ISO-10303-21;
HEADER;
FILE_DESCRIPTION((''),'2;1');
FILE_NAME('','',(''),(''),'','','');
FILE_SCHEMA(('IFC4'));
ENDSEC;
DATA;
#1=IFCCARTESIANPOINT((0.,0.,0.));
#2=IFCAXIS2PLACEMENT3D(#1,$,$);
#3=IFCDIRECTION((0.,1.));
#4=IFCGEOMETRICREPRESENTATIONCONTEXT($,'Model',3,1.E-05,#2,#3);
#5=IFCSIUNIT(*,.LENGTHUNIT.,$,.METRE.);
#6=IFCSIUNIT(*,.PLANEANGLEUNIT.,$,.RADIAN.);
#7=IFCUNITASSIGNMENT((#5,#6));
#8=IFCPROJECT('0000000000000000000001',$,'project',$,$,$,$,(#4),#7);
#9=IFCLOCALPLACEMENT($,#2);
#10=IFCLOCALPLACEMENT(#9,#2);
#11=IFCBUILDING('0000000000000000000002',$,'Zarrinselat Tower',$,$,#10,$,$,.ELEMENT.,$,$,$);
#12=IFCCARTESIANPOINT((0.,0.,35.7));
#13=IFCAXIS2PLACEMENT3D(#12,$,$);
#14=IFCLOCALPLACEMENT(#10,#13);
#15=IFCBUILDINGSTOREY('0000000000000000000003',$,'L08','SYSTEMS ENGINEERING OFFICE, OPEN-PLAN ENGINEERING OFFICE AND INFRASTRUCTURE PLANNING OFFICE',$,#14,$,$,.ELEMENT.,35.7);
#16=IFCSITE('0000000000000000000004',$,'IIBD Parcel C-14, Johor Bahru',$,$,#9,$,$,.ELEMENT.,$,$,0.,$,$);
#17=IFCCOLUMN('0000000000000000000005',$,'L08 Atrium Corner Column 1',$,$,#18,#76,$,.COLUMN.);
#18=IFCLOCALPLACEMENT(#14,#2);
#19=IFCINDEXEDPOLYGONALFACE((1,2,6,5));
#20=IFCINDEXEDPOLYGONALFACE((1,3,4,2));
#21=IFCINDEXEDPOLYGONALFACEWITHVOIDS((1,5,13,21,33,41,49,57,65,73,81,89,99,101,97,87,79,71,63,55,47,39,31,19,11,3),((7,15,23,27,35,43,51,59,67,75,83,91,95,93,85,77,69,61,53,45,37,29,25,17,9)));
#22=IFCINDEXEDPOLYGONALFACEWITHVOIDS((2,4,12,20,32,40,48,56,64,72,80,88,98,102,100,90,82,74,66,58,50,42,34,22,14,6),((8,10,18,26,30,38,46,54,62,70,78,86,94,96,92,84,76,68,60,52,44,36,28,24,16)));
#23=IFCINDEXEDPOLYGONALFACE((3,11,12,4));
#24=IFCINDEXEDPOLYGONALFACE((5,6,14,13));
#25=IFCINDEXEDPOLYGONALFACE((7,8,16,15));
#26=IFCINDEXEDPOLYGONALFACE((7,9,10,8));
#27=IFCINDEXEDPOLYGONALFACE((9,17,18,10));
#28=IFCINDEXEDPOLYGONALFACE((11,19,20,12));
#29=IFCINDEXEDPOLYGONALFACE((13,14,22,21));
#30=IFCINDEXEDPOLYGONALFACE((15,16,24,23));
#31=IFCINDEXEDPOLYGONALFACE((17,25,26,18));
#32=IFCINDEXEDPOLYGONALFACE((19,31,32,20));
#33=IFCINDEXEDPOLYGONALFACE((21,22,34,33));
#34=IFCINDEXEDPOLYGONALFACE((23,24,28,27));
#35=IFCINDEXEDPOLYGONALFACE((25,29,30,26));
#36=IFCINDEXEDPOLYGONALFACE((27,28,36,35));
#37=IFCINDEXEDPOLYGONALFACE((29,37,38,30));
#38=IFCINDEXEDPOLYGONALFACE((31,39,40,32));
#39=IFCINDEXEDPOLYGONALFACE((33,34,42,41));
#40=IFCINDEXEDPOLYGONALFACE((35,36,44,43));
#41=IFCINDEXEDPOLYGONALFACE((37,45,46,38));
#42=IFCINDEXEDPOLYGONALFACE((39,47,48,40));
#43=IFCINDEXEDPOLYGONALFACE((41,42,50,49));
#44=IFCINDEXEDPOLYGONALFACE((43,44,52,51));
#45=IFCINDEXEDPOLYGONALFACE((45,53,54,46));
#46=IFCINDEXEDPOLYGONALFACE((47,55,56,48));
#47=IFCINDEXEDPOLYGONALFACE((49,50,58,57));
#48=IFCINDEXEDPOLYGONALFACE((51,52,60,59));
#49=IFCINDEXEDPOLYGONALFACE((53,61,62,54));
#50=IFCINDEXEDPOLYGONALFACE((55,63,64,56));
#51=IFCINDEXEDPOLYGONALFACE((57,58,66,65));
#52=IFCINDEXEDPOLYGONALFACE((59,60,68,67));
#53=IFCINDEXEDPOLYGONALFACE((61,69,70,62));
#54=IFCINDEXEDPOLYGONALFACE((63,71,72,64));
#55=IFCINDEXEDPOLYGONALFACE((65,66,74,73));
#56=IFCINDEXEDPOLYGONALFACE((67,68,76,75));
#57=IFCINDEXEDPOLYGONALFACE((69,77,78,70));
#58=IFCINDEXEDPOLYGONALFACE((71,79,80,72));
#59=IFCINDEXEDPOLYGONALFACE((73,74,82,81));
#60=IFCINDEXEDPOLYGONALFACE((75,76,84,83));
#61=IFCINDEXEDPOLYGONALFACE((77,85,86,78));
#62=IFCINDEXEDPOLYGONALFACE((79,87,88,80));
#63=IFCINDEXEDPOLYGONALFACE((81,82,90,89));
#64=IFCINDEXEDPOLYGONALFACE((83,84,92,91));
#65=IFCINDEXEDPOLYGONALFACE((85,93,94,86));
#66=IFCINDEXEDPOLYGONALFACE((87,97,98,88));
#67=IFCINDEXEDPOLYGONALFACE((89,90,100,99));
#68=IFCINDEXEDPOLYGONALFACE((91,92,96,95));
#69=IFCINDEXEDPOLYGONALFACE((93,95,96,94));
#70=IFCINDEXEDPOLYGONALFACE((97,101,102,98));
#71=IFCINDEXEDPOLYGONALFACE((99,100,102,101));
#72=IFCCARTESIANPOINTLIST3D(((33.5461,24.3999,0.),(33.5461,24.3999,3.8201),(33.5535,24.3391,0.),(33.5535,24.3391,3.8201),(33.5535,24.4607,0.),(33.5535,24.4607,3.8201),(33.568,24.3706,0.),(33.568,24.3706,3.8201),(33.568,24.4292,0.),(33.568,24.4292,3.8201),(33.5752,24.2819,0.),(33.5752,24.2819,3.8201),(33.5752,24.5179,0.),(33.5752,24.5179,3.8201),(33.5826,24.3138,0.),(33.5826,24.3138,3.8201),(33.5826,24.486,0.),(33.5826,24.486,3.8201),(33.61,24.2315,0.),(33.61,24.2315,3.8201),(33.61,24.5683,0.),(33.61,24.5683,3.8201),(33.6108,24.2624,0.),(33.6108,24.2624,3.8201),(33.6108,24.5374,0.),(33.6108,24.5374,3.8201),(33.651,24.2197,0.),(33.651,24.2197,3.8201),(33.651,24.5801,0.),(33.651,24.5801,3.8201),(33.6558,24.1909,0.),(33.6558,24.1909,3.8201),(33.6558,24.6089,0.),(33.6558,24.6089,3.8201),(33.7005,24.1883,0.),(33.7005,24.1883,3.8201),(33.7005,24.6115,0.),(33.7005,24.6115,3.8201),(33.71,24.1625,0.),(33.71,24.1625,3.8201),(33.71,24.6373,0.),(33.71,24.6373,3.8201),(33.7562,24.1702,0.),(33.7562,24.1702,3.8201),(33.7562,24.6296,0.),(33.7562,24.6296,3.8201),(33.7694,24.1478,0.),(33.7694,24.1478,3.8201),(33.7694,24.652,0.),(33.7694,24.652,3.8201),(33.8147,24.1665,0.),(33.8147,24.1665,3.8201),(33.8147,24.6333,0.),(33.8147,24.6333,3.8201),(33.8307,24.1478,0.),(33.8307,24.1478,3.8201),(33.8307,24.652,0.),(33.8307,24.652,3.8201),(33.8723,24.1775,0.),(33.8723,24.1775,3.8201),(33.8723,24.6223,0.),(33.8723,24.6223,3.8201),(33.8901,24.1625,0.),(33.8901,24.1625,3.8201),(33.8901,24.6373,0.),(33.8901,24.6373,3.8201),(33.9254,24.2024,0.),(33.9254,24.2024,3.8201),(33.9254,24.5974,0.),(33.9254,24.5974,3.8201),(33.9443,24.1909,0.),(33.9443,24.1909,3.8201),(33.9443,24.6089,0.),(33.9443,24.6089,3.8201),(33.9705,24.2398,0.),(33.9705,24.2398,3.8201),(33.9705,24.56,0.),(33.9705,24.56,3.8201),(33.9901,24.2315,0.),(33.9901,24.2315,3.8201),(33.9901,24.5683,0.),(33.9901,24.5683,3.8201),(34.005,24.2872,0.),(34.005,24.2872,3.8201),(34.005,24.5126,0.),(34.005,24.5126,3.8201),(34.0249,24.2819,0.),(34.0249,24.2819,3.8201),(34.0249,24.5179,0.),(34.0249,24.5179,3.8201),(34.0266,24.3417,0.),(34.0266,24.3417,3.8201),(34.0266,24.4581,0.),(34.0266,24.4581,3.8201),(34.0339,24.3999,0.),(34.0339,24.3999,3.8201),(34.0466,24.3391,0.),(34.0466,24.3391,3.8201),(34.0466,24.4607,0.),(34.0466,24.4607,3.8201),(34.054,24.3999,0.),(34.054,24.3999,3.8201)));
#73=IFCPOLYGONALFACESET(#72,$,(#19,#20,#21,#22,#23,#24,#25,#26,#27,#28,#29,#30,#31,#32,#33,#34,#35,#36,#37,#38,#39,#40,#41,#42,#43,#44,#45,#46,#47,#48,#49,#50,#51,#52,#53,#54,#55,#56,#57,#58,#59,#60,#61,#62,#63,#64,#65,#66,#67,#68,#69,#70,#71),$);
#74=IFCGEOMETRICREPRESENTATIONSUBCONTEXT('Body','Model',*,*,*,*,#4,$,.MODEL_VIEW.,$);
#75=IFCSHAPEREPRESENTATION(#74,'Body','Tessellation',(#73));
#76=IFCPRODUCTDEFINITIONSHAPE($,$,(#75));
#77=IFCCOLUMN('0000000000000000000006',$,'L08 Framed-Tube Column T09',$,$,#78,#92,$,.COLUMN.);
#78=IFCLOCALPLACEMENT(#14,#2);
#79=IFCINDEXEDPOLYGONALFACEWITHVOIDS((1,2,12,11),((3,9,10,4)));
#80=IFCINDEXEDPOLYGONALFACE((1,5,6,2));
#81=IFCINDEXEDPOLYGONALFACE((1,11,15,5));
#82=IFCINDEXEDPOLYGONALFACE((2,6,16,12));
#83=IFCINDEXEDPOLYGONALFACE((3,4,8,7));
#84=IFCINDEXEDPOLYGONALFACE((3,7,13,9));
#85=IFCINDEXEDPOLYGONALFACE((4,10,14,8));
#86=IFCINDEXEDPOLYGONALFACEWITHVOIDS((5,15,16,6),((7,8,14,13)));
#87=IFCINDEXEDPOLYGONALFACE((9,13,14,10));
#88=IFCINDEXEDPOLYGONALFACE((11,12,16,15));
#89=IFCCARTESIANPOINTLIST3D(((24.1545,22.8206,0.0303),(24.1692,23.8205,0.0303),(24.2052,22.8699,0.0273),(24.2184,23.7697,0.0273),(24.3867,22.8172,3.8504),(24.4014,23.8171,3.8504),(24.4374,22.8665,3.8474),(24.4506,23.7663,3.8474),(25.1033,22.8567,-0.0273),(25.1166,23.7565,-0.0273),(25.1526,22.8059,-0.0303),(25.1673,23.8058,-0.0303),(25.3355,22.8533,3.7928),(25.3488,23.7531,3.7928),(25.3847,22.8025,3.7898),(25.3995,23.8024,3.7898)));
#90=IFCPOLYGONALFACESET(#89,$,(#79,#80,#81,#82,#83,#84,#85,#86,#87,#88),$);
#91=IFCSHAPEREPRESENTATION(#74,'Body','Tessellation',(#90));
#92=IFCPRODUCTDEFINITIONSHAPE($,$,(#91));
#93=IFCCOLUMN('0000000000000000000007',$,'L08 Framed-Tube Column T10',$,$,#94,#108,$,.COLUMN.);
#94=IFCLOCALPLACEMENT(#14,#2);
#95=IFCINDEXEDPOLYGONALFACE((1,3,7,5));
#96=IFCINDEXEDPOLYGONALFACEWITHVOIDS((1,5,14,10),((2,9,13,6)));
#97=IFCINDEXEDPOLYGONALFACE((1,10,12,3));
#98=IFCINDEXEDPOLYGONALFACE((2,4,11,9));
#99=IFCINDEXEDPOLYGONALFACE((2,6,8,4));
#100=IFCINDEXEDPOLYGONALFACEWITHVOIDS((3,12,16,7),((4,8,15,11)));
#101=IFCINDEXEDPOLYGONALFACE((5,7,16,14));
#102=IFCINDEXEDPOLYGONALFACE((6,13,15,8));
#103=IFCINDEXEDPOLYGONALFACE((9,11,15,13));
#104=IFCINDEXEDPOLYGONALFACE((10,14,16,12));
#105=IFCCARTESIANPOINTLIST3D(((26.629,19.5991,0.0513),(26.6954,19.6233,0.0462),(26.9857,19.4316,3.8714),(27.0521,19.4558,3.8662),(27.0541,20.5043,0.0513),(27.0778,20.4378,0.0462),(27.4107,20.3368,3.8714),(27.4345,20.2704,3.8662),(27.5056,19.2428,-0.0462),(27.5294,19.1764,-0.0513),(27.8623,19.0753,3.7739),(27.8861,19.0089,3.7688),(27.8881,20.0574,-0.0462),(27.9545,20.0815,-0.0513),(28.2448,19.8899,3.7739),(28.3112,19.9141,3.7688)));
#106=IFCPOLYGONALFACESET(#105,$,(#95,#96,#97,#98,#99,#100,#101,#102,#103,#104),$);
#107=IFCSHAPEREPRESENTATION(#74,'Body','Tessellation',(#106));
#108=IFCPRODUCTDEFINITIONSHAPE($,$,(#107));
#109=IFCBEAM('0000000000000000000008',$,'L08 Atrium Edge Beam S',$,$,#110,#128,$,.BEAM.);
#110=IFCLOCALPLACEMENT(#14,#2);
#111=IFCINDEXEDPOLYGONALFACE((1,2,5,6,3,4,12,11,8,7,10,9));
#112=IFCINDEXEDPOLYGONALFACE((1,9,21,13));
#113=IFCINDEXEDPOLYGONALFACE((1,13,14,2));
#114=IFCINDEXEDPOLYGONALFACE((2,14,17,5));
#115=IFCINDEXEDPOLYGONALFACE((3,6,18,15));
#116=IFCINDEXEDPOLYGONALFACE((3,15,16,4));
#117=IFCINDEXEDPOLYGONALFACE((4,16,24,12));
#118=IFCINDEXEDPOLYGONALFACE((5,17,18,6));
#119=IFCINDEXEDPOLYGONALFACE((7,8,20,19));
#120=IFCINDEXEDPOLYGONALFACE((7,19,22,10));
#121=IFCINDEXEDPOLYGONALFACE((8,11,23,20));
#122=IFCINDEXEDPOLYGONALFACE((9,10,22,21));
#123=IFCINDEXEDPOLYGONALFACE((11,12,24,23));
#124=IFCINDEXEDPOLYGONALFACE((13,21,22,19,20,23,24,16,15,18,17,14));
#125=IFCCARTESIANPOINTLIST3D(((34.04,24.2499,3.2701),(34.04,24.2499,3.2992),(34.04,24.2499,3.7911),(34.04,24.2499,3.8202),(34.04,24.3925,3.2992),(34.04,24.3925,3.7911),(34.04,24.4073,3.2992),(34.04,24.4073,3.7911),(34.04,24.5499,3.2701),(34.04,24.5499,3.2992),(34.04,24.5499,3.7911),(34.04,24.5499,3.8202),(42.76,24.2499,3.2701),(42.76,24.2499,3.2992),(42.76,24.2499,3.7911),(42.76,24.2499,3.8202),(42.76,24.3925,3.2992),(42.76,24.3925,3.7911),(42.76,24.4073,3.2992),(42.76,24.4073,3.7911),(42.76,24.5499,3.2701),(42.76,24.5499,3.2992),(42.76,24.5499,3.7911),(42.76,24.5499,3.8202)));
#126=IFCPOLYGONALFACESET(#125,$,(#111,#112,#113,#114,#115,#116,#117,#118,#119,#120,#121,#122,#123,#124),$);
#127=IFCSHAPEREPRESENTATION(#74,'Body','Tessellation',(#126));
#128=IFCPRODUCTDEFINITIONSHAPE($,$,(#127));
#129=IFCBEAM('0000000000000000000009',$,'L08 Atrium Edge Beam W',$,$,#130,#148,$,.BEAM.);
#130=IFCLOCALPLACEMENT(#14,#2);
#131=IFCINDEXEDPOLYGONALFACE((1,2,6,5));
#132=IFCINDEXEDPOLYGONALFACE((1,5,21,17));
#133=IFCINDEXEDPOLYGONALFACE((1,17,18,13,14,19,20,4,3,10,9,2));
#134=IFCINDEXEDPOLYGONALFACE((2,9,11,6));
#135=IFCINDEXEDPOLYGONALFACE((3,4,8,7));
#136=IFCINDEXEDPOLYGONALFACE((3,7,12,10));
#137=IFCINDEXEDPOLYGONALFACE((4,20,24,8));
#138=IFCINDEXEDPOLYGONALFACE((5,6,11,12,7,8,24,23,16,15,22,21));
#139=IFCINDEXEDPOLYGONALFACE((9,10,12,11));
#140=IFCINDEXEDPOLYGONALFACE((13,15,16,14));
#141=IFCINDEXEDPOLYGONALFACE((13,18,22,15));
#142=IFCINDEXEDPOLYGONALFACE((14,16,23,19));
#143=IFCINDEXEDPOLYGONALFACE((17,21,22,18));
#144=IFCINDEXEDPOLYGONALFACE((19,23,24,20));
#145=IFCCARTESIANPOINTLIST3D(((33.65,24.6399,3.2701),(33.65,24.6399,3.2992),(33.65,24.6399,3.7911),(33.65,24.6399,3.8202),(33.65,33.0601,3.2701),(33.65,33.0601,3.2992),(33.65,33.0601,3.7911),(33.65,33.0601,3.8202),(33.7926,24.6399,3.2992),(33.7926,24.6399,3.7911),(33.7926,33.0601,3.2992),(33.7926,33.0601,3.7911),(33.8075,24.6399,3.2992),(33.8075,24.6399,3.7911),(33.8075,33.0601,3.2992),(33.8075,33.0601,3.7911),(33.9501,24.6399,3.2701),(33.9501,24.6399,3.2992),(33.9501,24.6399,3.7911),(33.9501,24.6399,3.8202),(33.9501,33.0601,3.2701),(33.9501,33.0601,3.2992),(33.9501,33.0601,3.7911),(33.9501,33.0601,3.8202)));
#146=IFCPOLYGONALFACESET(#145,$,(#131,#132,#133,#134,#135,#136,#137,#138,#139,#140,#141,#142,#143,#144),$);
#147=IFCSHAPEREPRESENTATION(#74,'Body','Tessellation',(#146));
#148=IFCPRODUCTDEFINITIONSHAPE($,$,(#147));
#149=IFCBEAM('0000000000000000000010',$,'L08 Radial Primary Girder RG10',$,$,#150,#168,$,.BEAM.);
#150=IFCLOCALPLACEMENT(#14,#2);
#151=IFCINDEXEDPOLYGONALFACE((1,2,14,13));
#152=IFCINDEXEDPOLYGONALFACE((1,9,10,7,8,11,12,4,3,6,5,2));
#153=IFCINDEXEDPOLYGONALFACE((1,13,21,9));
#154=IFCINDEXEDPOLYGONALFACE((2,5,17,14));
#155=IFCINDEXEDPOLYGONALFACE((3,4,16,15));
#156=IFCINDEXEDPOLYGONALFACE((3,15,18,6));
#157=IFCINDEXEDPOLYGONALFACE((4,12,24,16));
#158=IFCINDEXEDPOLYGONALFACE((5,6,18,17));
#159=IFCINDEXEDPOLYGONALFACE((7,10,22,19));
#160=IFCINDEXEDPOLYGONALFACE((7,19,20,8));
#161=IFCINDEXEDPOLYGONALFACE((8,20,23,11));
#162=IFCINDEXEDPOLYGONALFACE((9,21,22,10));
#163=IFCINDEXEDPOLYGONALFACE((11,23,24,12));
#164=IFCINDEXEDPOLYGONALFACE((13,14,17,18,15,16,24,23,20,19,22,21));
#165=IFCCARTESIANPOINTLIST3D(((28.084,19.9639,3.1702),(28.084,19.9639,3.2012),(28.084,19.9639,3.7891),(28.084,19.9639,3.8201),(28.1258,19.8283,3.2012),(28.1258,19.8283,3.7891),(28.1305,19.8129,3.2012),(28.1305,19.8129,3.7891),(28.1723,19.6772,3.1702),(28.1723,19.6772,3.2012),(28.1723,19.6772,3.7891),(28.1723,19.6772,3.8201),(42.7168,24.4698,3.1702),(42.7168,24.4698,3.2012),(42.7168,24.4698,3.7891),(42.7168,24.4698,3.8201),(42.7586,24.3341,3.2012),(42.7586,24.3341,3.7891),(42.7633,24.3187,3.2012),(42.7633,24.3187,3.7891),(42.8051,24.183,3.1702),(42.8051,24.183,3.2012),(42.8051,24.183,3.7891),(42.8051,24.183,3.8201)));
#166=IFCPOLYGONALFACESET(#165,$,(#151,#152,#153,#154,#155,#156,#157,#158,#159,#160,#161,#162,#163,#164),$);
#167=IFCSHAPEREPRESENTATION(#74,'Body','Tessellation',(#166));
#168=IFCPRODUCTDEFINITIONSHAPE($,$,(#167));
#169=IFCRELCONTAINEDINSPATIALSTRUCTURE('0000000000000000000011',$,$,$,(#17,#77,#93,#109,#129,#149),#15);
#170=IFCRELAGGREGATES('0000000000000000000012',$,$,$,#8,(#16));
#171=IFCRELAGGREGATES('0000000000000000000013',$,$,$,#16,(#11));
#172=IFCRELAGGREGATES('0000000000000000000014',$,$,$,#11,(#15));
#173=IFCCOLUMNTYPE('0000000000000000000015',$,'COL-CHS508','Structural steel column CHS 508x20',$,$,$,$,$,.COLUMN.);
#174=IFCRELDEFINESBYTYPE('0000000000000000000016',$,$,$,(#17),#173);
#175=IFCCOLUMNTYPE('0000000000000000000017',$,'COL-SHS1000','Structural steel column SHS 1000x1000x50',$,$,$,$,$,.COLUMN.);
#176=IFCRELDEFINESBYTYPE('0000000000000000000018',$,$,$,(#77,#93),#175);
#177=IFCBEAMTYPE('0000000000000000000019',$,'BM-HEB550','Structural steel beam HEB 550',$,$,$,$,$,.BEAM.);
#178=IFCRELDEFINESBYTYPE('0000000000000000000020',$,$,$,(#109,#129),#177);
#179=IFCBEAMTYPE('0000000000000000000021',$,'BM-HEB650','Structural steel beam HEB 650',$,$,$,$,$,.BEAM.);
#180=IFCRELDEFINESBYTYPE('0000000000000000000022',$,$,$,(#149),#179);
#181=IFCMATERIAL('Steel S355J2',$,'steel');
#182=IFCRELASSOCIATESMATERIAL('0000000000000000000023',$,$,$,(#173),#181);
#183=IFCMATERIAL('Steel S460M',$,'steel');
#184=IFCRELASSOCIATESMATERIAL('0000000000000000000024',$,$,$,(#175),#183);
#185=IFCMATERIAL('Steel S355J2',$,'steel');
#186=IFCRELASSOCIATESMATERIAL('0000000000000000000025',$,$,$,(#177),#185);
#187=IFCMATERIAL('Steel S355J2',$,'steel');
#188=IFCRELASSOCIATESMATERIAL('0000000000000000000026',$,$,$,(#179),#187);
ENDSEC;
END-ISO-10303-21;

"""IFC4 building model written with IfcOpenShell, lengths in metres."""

from ifc_helpers import new_model, si_unit, direction, frame, origin, origin_2d, place, context, subcontext, project, spatial, hollow_rectangle, hollow_circle, i_section, extrude, material, material_profile, profile_set, type_object, element, save


model = new_model("IFC4")

# Units and contexts
model_context = context("Model", 3, precision=1e-05, world=origin(), true_north=direction((0.0, 1.0)))
body_context = subcontext(model_context, "Body", "Model", "MODEL_VIEW")
ifc_project = project(units=[si_unit("LENGTHUNIT", "METRE"), si_unit("PLANEANGLEUNIT", "RADIAN")], contexts=[model_context])

# Site, building, storey
site_placement = place(None, origin())
site = spatial("IfcSite", under=ifc_project, at=site_placement, Name="IIBD Parcel C-14, Johor Bahru", CompositionType="ELEMENT", RefElevation=0.0)
building_placement = place(site_placement, origin())
building = spatial("IfcBuilding", under=site, at=building_placement, Name="Zarrinselat Tower", CompositionType="ELEMENT")
storey_placement = place(building_placement, frame((0.0, 0.0, 35.7)))
storey = spatial("IfcBuildingStorey", under=building, at=storey_placement, Name="L08", Description="SYSTEMS ENGINEERING OFFICE, OPEN-PLAN ENGINEERING OFFICE AND INFRASTRUCTURE PLANNING OFFICE", CompositionType="ELEMENT", Elevation=35.7)

# Columns
ifc_material_1 = material(Name="Steel S355J2", Category="steel")
ifc_material_profile_1 = material_profile(ifc_material_1, hollow_circle(Radius=0.2539, WallThickness=0.02, at=origin_2d()), Name="CHS 508x20")
ifc_profile_set_1 = profile_set([ifc_material_profile_1], Name="Steel S355J2")
column_type_1 = type_object("IfcColumnType", Name="COL-CHS508", Description="Structural steel column CHS 508x20", PredefinedType="COLUMN", material=ifc_profile_set_1)
column_1_placement = place(storey_placement, frame((33.8, 24.3999, 0.0), z_axis=(0.0, 0.0, 1.0), x_axis=(1.0, 0.0, 0.0)))
element("IfcColumn", 1, at=column_1_placement, inside=storey, type_object=column_type_1, Name="L08 Atrium Corner Column 1", PredefinedType="COLUMN", context=body_context, shape_type="SweptSolid", body=[
    extrude(hollow_circle(Radius=0.2539, WallThickness=0.02, at=origin_2d()), origin(), (0.0, 0.0, 1.0), 3.8201),
])
ifc_material_2 = material(Name="Steel S460M", Category="steel")
ifc_material_profile_2 = material_profile(ifc_material_2, hollow_rectangle(XDim=1.0, YDim=1.0, WallThickness=0.05, at=origin_2d()), Name="SHS 1000x1000x50")
ifc_profile_set_2 = profile_set([ifc_material_profile_2], Name="Steel S460M")
column_type_2 = type_object("IfcColumnType", Name="COL-SHS1000", Description="Structural steel column SHS 1000x1000x50", PredefinedType="COLUMN", material=ifc_profile_set_2)
column_2_placement = place(storey_placement, frame((24.6609, 23.3132, 0.0), z_axis=(0.060666, -0.000893, 0.998158), x_axis=(0.01472, 0.999892, 0.0)))
element("IfcColumn", 2, at=column_2_placement, inside=storey, type_object=column_type_2, Name="L08 Framed-Tube Column T09", PredefinedType="COLUMN", context=body_context, shape_type="SweptSolid", body=[
    extrude(hollow_rectangle(XDim=1.0, YDim=1.0, WallThickness=0.05, at=origin_2d()), origin(), (0.0, 0.0, 1.0), 3.8271),
])
column_3_placement = place(storey_placement, frame((27.2917, 19.8403, 0.0), z_axis=(0.09288, -0.043611, 0.994722), x_axis=(0.425021, 0.905183, 0.0)))
element("IfcColumn", 3, at=column_3_placement, inside=storey, type_object=column_type_2, Name="L08 Framed-Tube Column T10", PredefinedType="COLUMN", context=body_context, shape_type="SweptSolid", body=[
    extrude(hollow_rectangle(XDim=1.0, YDim=1.0, WallThickness=0.05, at=origin_2d()), origin(), (0.0, 0.0, 1.0), 3.8403),
])

# Beams
ifc_material_3 = material(Name="Steel S355J2", Category="steel")
ifc_material_profile_3 = material_profile(ifc_material_3, i_section(OverallWidth=0.3, OverallDepth=0.55, WebThickness=0.0149, FlangeThickness=0.0291, at=origin_2d()), Name="HEB 550")
ifc_profile_set_3 = profile_set([ifc_material_profile_3], Name="Steel S355J2")
beam_type_1 = type_object("IfcBeamType", Name="BM-HEB550", Description="Structural steel beam HEB 550", PredefinedType="BEAM", material=ifc_profile_set_3)
beam_1_placement = place(storey_placement, frame((34.04, 24.3999, 3.5452), z_axis=(1.0, 0.0, 0.0), x_axis=(0.0, 1.0, 0.0)))
element("IfcBeam", 4, at=beam_1_placement, inside=storey, type_object=beam_type_1, Name="L08 Atrium Edge Beam S", PredefinedType="BEAM", context=body_context, shape_type="SweptSolid", body=[
    extrude(i_section(OverallWidth=0.3, OverallDepth=0.55, WebThickness=0.0149, FlangeThickness=0.0291, at=origin_2d()), origin(), (0.0, 0.0, 1.0), 8.72),
])
beam_2_placement = place(storey_placement, frame((33.8, 24.6399, 3.5452), z_axis=(0.0, 1.0, 0.0), x_axis=(-1.0, 0.0, 0.0)))
element("IfcBeam", 5, at=beam_2_placement, inside=storey, type_object=beam_type_1, Name="L08 Atrium Edge Beam W", PredefinedType="BEAM", context=body_context, shape_type="SweptSolid", body=[
    extrude(i_section(OverallWidth=0.3, OverallDepth=0.55, WebThickness=0.0149, FlangeThickness=0.0291, at=origin_2d()), origin(), (0.0, 0.0, 1.0), 8.4202),
])
ifc_material_4 = material(Name="Steel S355J2", Category="steel")
ifc_material_profile_4 = material_profile(ifc_material_4, i_section(OverallWidth=0.3, OverallDepth=0.6499, WebThickness=0.0161, FlangeThickness=0.031, at=origin_2d()), Name="HEB 650")
ifc_profile_set_4 = profile_set([ifc_material_profile_4], Name="Steel S355J2")
beam_type_2 = type_object("IfcBeamType", Name="BM-HEB650", Description="Structural steel beam HEB 650", PredefinedType="BEAM", material=ifc_profile_set_4)
beam_3_placement = place(storey_placement, frame((28.1282, 19.8206, 3.4951), z_axis=(0.955716, 0.294292, 0.0), x_axis=(-0.294292, 0.955716, 0.0)))
element("IfcBeam", 6, at=beam_3_placement, inside=storey, type_object=beam_type_2, Name="L08 Radial Primary Girder RG10", PredefinedType="BEAM", context=body_context, shape_type="SweptSolid", body=[
    extrude(i_section(OverallWidth=0.3, OverallDepth=0.6499, WebThickness=0.0161, FlangeThickness=0.031, at=origin_2d()), origin(), (0.0, 0.0, 1.0), 15.3108),
])

save(model, "model.ifc")
